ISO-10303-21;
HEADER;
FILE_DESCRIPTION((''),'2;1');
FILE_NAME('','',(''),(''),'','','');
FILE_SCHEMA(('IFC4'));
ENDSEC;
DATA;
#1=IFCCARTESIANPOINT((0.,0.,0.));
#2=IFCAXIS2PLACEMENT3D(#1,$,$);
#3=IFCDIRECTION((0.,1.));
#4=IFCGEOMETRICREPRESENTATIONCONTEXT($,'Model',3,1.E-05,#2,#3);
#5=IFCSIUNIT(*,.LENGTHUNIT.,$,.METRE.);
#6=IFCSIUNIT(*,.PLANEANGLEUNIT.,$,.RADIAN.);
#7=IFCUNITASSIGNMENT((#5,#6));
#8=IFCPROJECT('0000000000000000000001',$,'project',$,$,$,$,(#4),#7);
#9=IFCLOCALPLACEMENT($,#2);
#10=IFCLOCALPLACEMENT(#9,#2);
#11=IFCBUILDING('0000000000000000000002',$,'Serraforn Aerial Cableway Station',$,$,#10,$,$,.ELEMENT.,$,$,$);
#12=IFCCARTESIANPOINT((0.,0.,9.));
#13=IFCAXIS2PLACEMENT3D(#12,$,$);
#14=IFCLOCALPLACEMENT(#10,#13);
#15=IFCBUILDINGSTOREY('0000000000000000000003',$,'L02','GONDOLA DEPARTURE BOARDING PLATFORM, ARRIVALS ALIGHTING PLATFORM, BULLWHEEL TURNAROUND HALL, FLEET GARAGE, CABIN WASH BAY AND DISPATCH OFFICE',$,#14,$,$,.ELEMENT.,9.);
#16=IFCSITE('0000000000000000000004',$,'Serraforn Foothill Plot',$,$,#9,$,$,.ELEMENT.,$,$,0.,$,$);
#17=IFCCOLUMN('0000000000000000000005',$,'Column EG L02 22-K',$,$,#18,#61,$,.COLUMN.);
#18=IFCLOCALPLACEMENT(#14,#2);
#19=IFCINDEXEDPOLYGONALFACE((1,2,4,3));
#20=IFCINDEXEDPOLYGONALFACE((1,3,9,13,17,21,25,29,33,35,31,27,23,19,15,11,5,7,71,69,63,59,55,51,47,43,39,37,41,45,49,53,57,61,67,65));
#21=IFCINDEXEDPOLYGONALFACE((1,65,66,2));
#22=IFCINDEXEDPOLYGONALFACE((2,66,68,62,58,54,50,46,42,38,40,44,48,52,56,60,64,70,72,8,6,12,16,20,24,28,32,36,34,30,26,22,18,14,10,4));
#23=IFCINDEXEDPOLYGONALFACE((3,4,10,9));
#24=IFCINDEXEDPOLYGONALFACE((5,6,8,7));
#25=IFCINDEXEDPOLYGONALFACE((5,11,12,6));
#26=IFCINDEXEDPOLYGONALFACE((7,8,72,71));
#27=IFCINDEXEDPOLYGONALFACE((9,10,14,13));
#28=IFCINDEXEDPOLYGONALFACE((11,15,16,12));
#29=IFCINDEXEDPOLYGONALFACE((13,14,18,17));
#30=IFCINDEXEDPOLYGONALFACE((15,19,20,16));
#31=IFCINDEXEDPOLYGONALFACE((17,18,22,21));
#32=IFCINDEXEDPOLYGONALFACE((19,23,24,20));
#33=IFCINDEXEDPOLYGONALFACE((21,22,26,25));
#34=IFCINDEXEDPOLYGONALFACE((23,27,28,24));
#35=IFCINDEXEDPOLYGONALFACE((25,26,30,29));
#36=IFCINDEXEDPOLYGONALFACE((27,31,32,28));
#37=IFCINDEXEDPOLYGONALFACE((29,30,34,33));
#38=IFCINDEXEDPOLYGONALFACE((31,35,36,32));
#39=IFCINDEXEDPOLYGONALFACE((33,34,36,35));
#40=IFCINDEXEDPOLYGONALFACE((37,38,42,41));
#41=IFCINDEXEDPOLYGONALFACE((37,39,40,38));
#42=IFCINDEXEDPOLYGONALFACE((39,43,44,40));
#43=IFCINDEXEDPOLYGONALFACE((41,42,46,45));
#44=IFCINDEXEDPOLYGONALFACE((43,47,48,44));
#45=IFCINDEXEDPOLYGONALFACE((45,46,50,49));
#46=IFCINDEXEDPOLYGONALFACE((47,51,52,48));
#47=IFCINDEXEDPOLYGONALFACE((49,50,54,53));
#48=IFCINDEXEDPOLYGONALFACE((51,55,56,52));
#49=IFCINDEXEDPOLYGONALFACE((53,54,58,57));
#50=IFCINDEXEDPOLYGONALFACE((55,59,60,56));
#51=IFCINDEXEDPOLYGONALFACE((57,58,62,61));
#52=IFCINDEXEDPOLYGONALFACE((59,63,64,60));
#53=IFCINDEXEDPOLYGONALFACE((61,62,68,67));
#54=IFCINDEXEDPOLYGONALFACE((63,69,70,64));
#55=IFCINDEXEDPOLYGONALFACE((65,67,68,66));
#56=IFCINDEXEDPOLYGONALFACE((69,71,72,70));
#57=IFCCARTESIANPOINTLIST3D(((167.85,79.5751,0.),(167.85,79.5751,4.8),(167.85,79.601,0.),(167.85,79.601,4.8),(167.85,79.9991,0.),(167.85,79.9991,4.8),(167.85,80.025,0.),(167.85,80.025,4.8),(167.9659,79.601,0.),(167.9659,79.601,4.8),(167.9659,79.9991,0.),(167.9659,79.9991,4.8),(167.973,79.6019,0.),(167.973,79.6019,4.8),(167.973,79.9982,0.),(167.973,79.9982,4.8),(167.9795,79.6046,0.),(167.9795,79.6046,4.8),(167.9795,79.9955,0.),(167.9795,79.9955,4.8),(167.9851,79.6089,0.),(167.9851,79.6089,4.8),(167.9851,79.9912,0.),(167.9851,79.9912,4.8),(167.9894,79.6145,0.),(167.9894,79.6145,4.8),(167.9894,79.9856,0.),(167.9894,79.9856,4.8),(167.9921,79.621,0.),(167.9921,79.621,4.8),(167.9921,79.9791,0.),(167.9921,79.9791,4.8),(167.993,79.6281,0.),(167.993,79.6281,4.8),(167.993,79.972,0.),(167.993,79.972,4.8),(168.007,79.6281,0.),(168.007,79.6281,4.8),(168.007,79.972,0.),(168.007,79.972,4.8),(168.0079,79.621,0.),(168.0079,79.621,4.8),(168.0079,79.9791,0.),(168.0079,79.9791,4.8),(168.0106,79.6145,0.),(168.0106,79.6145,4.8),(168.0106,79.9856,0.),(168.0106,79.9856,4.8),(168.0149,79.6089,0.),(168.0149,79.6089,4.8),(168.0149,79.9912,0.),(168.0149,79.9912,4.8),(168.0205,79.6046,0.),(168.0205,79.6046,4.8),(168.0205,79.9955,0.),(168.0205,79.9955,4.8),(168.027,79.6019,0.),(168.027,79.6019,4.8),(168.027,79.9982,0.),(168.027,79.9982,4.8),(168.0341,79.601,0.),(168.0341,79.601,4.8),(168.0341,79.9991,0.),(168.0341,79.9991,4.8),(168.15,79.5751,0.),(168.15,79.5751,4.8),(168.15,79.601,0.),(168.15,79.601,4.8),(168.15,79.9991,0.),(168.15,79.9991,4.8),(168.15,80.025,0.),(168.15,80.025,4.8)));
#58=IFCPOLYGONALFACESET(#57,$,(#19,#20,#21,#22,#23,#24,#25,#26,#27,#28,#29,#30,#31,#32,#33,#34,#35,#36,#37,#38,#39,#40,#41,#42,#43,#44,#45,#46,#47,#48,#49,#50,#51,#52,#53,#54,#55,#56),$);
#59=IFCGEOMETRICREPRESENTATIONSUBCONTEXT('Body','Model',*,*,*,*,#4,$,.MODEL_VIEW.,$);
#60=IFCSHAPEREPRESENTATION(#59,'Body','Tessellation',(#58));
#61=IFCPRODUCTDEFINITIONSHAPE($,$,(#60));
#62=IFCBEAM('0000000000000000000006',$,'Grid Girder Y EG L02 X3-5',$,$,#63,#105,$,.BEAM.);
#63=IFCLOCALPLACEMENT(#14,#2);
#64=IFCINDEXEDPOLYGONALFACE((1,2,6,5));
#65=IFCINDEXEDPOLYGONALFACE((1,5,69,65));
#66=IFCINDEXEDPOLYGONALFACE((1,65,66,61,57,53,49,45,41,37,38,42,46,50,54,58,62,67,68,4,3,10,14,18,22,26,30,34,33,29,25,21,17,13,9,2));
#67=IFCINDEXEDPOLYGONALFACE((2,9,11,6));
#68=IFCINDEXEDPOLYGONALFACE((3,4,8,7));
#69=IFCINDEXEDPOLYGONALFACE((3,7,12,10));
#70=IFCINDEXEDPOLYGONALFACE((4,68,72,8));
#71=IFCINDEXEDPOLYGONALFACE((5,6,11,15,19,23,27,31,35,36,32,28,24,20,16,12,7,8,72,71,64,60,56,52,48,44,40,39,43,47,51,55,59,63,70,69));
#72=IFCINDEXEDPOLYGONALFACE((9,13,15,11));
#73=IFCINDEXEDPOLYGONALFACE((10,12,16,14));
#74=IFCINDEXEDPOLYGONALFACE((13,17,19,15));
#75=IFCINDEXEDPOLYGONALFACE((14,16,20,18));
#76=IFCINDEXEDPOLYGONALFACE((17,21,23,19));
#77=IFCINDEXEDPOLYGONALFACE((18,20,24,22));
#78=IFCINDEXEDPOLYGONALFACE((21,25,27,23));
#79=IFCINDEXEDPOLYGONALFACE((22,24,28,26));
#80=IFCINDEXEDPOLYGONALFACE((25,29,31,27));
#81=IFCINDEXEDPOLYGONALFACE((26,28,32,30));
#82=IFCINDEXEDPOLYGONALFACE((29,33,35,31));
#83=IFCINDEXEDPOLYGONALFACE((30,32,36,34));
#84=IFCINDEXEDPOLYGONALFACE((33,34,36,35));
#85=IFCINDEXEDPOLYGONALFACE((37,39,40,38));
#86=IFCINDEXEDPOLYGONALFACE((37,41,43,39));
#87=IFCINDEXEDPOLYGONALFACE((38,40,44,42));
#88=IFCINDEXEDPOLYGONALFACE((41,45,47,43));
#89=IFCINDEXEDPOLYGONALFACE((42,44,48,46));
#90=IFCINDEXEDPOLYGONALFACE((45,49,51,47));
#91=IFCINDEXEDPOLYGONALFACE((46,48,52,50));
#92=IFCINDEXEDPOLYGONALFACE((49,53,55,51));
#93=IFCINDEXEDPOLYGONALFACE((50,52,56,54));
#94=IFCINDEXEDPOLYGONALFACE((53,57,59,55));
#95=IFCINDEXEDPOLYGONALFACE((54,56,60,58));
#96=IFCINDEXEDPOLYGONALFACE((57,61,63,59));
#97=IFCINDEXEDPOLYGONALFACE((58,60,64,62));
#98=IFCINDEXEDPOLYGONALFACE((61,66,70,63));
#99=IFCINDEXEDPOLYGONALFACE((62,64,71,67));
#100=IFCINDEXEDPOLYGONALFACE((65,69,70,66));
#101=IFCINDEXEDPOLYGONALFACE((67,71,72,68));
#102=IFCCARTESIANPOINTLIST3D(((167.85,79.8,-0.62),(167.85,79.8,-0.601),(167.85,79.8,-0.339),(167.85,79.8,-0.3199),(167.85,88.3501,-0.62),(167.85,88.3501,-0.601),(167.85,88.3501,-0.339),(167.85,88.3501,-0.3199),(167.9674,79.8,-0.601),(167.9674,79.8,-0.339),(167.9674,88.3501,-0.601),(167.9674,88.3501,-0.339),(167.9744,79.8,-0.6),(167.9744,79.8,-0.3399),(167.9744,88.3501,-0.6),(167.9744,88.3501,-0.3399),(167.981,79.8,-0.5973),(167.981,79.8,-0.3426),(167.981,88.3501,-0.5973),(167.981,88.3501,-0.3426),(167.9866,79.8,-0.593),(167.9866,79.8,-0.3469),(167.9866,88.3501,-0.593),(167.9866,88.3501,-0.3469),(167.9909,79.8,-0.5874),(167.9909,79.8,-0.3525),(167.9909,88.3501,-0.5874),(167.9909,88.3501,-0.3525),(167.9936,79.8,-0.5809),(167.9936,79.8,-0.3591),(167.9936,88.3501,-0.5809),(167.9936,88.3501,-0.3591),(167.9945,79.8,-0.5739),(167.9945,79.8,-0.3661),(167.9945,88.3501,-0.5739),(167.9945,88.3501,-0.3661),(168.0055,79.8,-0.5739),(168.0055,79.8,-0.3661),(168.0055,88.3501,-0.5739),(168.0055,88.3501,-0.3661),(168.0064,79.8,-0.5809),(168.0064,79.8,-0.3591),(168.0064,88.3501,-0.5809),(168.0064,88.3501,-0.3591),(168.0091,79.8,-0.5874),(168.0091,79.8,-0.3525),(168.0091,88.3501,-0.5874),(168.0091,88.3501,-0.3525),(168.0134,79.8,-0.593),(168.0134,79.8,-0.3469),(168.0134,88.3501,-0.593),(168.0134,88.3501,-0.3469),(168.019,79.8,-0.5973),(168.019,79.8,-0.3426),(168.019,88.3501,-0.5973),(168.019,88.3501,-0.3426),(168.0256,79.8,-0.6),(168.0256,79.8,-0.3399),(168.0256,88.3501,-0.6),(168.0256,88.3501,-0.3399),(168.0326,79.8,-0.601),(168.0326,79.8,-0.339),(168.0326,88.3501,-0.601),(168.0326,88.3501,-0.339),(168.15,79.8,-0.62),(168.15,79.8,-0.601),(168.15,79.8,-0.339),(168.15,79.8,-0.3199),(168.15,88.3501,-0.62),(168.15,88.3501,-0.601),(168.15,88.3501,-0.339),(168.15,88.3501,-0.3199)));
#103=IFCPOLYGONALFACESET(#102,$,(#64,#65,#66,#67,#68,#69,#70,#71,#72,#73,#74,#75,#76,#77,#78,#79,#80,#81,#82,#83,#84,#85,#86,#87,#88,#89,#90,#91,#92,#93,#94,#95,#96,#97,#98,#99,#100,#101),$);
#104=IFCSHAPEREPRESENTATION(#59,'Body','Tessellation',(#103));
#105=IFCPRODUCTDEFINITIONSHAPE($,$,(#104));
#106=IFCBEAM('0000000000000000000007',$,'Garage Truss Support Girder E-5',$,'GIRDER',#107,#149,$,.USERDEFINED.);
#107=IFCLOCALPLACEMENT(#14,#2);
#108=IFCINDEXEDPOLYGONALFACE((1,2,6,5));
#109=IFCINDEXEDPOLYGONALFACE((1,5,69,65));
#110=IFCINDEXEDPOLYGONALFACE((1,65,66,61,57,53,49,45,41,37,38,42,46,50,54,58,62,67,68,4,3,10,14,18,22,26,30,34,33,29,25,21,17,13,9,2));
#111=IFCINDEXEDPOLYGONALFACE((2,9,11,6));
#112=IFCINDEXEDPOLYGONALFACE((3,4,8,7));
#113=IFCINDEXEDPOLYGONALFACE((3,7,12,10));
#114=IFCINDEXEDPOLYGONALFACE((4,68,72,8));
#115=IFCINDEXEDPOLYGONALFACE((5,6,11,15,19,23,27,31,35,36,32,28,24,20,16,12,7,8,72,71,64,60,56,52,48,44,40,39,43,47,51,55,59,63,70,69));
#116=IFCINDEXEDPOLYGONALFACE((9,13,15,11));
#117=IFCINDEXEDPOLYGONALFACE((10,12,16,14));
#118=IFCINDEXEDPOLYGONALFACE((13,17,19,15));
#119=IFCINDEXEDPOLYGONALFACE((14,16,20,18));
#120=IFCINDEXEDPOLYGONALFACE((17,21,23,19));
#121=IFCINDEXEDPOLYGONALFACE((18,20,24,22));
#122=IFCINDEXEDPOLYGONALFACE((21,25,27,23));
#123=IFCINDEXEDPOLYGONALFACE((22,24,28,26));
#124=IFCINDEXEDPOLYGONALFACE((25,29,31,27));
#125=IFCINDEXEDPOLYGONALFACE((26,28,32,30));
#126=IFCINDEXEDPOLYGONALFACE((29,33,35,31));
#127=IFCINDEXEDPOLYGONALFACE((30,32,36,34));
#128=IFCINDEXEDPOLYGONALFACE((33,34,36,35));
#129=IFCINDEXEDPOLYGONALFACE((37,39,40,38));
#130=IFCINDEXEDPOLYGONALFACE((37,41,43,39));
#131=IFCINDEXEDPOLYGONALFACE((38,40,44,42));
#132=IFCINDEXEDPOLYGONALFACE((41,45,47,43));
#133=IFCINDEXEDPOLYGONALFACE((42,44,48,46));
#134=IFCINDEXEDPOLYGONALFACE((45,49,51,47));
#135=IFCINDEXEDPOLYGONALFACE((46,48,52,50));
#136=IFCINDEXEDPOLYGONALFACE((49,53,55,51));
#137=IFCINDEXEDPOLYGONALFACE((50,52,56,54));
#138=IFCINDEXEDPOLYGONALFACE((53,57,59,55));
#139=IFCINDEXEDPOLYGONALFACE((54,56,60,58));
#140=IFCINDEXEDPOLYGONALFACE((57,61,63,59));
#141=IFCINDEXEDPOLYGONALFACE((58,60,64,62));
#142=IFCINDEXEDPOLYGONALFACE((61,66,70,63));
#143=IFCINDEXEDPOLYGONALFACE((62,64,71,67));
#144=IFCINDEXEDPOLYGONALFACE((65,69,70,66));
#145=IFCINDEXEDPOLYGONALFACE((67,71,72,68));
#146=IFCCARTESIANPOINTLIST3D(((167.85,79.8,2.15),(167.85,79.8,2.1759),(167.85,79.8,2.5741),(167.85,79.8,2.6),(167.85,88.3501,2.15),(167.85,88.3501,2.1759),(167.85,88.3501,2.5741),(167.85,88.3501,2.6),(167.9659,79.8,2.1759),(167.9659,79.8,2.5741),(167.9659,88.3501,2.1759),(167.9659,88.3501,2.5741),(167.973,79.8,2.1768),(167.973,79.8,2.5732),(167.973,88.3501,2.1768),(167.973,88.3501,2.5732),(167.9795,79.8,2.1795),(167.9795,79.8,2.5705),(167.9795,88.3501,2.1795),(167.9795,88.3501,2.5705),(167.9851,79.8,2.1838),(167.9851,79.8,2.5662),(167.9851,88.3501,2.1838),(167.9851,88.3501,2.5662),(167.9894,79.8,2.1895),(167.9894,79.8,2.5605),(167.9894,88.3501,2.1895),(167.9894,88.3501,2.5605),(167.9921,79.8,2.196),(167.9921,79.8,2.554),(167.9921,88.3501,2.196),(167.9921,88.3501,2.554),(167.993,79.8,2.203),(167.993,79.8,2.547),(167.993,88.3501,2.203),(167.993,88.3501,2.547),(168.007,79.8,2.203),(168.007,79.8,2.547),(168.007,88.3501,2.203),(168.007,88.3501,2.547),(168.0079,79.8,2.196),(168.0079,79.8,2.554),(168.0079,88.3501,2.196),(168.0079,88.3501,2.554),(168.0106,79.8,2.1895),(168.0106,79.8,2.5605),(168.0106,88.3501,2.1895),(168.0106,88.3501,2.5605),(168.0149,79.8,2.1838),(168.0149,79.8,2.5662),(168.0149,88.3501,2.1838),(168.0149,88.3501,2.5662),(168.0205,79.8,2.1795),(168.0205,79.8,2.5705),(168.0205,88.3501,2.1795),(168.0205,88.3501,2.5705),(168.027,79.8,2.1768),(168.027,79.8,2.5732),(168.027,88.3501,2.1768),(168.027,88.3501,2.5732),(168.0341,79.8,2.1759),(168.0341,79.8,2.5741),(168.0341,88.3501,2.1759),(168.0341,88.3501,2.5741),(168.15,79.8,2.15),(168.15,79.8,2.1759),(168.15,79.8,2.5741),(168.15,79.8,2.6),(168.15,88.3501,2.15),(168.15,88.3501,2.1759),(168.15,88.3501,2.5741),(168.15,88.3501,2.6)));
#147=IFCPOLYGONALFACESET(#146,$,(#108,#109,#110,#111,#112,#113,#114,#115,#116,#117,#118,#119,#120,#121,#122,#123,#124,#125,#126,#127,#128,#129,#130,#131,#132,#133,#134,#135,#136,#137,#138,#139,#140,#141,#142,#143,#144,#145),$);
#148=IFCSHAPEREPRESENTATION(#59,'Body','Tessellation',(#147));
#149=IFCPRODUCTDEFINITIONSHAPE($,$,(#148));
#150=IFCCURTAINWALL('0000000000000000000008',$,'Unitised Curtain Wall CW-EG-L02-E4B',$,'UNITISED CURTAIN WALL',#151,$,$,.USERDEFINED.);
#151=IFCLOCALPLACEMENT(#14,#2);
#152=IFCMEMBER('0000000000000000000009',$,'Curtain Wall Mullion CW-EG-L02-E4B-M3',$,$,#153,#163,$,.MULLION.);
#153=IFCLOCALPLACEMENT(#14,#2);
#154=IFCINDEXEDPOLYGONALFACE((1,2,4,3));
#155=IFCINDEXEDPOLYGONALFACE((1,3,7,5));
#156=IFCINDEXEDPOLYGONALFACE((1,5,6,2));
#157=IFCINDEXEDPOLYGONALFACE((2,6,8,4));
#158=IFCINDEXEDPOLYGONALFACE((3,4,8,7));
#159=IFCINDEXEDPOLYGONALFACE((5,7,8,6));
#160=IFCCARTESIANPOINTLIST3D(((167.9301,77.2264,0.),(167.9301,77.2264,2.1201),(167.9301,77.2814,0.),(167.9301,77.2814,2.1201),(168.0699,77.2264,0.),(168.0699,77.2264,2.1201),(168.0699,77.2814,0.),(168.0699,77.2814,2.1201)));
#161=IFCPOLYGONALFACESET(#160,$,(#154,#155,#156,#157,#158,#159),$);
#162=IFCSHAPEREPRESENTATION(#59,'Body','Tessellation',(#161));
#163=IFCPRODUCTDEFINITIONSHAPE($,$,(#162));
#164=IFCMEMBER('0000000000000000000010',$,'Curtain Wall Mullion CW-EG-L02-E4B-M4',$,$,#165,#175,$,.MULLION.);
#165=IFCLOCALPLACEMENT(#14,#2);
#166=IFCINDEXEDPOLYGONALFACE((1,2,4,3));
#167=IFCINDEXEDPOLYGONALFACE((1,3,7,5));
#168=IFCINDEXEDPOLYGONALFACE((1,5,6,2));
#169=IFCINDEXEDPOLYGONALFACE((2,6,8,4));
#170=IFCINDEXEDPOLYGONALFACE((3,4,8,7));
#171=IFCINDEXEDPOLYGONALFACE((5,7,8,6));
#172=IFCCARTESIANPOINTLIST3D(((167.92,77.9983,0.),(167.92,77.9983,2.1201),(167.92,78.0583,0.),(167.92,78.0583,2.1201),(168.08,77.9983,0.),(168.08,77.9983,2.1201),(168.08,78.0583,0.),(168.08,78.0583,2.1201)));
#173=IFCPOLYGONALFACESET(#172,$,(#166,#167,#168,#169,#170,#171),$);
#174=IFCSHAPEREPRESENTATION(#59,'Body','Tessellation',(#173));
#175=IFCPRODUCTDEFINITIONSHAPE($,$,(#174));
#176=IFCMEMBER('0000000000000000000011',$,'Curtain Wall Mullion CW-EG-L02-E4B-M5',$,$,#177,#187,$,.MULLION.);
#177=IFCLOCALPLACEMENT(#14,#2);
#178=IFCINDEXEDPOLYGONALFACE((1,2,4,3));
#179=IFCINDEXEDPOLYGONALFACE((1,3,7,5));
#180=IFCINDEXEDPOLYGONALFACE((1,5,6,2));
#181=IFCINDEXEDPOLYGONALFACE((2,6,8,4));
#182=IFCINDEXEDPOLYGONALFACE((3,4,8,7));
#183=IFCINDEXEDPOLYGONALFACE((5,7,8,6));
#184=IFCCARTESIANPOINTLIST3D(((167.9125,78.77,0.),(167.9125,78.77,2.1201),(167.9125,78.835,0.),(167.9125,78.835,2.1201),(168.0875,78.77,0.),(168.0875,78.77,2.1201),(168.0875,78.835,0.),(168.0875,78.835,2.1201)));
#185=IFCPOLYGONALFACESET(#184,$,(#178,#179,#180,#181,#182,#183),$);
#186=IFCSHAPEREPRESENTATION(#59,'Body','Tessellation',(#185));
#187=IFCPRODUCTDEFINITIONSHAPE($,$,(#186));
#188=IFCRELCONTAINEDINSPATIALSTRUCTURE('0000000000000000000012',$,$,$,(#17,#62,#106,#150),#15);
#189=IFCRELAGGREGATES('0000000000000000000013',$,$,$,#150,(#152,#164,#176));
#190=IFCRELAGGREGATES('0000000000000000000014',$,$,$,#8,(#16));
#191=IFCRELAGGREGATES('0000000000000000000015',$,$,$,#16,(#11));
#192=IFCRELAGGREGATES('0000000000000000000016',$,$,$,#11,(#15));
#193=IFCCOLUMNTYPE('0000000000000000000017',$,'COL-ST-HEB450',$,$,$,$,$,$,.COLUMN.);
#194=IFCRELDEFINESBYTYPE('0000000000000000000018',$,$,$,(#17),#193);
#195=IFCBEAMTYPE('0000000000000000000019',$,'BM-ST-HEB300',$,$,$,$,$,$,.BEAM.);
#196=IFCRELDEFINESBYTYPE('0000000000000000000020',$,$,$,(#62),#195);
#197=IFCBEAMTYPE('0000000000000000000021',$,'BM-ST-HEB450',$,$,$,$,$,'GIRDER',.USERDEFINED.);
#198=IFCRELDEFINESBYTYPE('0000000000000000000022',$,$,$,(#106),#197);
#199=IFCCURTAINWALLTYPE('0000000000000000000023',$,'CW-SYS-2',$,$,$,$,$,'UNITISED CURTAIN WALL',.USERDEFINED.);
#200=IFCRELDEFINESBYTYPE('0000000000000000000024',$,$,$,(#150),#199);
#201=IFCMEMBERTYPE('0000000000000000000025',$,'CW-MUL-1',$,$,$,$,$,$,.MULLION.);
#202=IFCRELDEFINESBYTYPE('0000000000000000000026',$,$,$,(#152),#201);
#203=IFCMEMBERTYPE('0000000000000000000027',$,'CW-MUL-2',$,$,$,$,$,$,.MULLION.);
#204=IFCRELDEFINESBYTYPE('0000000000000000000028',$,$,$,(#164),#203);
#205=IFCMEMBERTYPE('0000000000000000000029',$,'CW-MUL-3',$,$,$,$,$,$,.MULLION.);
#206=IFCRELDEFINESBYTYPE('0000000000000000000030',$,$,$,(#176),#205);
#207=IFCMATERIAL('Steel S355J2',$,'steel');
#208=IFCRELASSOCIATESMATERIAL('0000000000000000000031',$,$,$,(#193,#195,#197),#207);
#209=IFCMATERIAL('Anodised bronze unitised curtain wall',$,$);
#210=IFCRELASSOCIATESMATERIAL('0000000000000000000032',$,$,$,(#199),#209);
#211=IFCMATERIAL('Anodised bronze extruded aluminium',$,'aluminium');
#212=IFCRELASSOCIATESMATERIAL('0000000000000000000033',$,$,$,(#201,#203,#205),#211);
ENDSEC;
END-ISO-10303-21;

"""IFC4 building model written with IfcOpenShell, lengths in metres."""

from ifc_helpers import new_model, si_unit, direction, frame, origin, origin_2d, place, context, subcontext, project, spatial, rectangle, i_section, extrude, material, material_profile, profile_set, type_object, element, aggregate, save


model = new_model("IFC4")

# Units and contexts
model_context = context("Model", 3, precision=1e-05, world=origin(), true_north=direction((0.0, 1.0)))
body_context = subcontext(model_context, "Body", "Model", "MODEL_VIEW")
ifc_project = project(units=[si_unit("LENGTHUNIT", "METRE"), si_unit("PLANEANGLEUNIT", "RADIAN")], contexts=[model_context])

# Site, building, storey
site_placement = place(None, origin())
site = spatial("IfcSite", under=ifc_project, at=site_placement, Name="Serraforn Foothill Plot", CompositionType="ELEMENT", RefElevation=0.0)
building_placement = place(site_placement, origin())
building = spatial("IfcBuilding", under=site, at=building_placement, Name="Serraforn Aerial Cableway Station", CompositionType="ELEMENT")
storey_placement = place(building_placement, frame((0.0, 0.0, 9.0)))
storey = spatial("IfcBuildingStorey", under=building, at=storey_placement, Name="L02", Description="GONDOLA DEPARTURE BOARDING PLATFORM, ARRIVALS ALIGHTING PLATFORM, BULLWHEEL TURNAROUND HALL, FLEET GARAGE, CABIN WASH BAY AND DISPATCH OFFICE", CompositionType="ELEMENT", Elevation=9.0)

# Column
ifc_material_1 = material(Name="Steel S355J2", Category="steel")
ifc_material_profile_1 = material_profile(ifc_material_1, i_section(OverallWidth=0.3, OverallDepth=0.45, WebThickness=0.0139, FlangeThickness=0.0259, FilletRadius=0.0271, at=origin_2d()), Name="HEB 450")
ifc_profile_set_1 = profile_set([ifc_material_profile_1], Name="Steel S355J2")
column_type = type_object("IfcColumnType", Name="COL-ST-HEB450", PredefinedType="COLUMN", material=ifc_profile_set_1)
column_placement = place(storey_placement, frame((168.0, 79.8, 0.0), z_axis=(0.0, 0.0, 1.0), x_axis=(1.0, 0.0, 0.0)))
element("IfcColumn", 1, at=column_placement, inside=storey, type_object=column_type, Name="Column EG L02 22-K", PredefinedType="COLUMN", context=body_context, shape_type="SweptSolid", body=[
    extrude(i_section(OverallWidth=0.3, OverallDepth=0.45, WebThickness=0.0139, FlangeThickness=0.0259, FilletRadius=0.0271, at=origin_2d()), origin(), (0.0, 0.0, 1.0), 4.8),
])

# Beams
ifc_material_profile_2 = material_profile(ifc_material_1, i_section(OverallWidth=0.3, OverallDepth=0.3, WebThickness=0.011, FlangeThickness=0.019, FilletRadius=0.0271, at=origin_2d()), Name="HEB 300")
ifc_profile_set_2 = profile_set([ifc_material_profile_2], Name="Steel S355J2")
beam_type_1 = type_object("IfcBeamType", Name="BM-ST-HEB300", PredefinedType="BEAM", material=ifc_profile_set_2)
beam_1_placement = place(storey_placement, frame((168.0, 79.8, -0.47), z_axis=(0.0, 1.0, 0.0), x_axis=(-1.0, 0.0, 0.0)))
element("IfcBeam", 2, at=beam_1_placement, inside=storey, type_object=beam_type_1, Name="Grid Girder Y EG L02 X3-5", PredefinedType="BEAM", context=body_context, shape_type="SweptSolid", body=[
    extrude(i_section(OverallWidth=0.3, OverallDepth=0.3, WebThickness=0.011, FlangeThickness=0.019, FilletRadius=0.0271, at=origin_2d()), origin(), (0.0, 0.0, 1.0), 8.55),
])
ifc_material_profile_3 = material_profile(ifc_material_1, i_section(OverallWidth=0.3, OverallDepth=0.45, WebThickness=0.0139, FlangeThickness=0.0259, FilletRadius=0.0271, at=origin_2d()), Name="HEB 450")
ifc_profile_set_3 = profile_set([ifc_material_profile_3], Name="Steel S355J2")
beam_type_2 = type_object("IfcBeamType", Name="BM-ST-HEB450", ElementType="GIRDER", PredefinedType="USERDEFINED", material=ifc_profile_set_3)
beam_2_placement = place(storey_placement, frame((168.0, 79.8, 2.375), z_axis=(0.0, 1.0, 0.0), x_axis=(-1.0, 0.0, 0.0)))
element("IfcBeam", 3, at=beam_2_placement, inside=storey, type_object=beam_type_2, Name="Garage Truss Support Girder E-5", ObjectType="GIRDER", PredefinedType="USERDEFINED", context=body_context, shape_type="SweptSolid", body=[
    extrude(i_section(OverallWidth=0.3, OverallDepth=0.45, WebThickness=0.0139, FlangeThickness=0.0259, FilletRadius=0.0271, at=origin_2d()), origin(), (0.0, 0.0, 1.0), 8.55),
])

# Curtain wall, members
ifc_material_2 = material(Name="Anodised bronze unitised curtain wall")
curtain_wall_type = type_object("IfcCurtainWallType", Name="CW-SYS-2", ElementType="UNITISED CURTAIN WALL", PredefinedType="USERDEFINED", material=ifc_material_2)
curtain_wall_placement = place(storey_placement, origin())
curtain_wall = element("IfcCurtainWall", 4, at=curtain_wall_placement, inside=storey, type_object=curtain_wall_type, Name="Unitised Curtain Wall CW-EG-L02-E4B", ObjectType="UNITISED CURTAIN WALL", PredefinedType="USERDEFINED")
ifc_material_3 = material(Name="Anodised bronze extruded aluminium", Category="aluminium")
ifc_material_profile_4 = material_profile(ifc_material_3, rectangle(XDim=0.0549, YDim=0.1399, at=origin_2d()), Name="CW MULLION 55x140")
ifc_profile_set_4 = profile_set([ifc_material_profile_4], Name="Anodised bronze extruded aluminium")
member_type_1 = type_object("IfcMemberType", Name="CW-MUL-1", PredefinedType="MULLION", material=ifc_profile_set_4)
member_1_placement = place(storey_placement, frame((168.0, 77.2539, 0.0), z_axis=(0.0, 0.0, 1.0), x_axis=(0.0, 1.0, 0.0)))
member_1 = element("IfcMember", 5, at=member_1_placement, type_object=member_type_1, Name="Curtain Wall Mullion CW-EG-L02-E4B-M3", PredefinedType="MULLION", context=body_context, shape_type="SweptSolid", body=[
    extrude(rectangle(XDim=0.0549, YDim=0.1399, at=origin_2d()), origin(), (0.0, 0.0, 1.0), 2.1201),
])
ifc_material_profile_5 = material_profile(ifc_material_3, rectangle(XDim=0.0601, YDim=0.1599, at=origin_2d()), Name="CW MULLION 60x160")
ifc_profile_set_5 = profile_set([ifc_material_profile_5], Name="Anodised bronze extruded aluminium")
member_type_2 = type_object("IfcMemberType", Name="CW-MUL-2", PredefinedType="MULLION", material=ifc_profile_set_5)
member_2_placement = place(storey_placement, frame((168.0, 78.0283, 0.0), z_axis=(0.0, 0.0, 1.0), x_axis=(0.0, 1.0, 0.0)))
member_2 = element("IfcMember", 6, at=member_2_placement, type_object=member_type_2, Name="Curtain Wall Mullion CW-EG-L02-E4B-M4", PredefinedType="MULLION", context=body_context, shape_type="SweptSolid", body=[
    extrude(rectangle(XDim=0.0601, YDim=0.1599, at=origin_2d()), origin(), (0.0, 0.0, 1.0), 2.1201),
])
ifc_material_profile_6 = material_profile(ifc_material_3, rectangle(XDim=0.0649, YDim=0.175, at=origin_2d()), Name="CW MULLION 65x175")
ifc_profile_set_6 = profile_set([ifc_material_profile_6], Name="Anodised bronze extruded aluminium")
member_type_3 = type_object("IfcMemberType", Name="CW-MUL-3", PredefinedType="MULLION", material=ifc_profile_set_6)
member_3_placement = place(storey_placement, frame((168.0, 78.8025, 0.0), z_axis=(0.0, 0.0, 1.0), x_axis=(0.0, 1.0, 0.0)))
member_3 = element("IfcMember", 7, at=member_3_placement, type_object=member_type_3, Name="Curtain Wall Mullion CW-EG-L02-E4B-M5", PredefinedType="MULLION", context=body_context, shape_type="SweptSolid", body=[
    extrude(rectangle(XDim=0.0649, YDim=0.175, at=origin_2d()), origin(), (0.0, 0.0, 1.0), 2.1201),
])

aggregate(curtain_wall, [member_1, member_2, member_3])

save(model, "model.ifc")
